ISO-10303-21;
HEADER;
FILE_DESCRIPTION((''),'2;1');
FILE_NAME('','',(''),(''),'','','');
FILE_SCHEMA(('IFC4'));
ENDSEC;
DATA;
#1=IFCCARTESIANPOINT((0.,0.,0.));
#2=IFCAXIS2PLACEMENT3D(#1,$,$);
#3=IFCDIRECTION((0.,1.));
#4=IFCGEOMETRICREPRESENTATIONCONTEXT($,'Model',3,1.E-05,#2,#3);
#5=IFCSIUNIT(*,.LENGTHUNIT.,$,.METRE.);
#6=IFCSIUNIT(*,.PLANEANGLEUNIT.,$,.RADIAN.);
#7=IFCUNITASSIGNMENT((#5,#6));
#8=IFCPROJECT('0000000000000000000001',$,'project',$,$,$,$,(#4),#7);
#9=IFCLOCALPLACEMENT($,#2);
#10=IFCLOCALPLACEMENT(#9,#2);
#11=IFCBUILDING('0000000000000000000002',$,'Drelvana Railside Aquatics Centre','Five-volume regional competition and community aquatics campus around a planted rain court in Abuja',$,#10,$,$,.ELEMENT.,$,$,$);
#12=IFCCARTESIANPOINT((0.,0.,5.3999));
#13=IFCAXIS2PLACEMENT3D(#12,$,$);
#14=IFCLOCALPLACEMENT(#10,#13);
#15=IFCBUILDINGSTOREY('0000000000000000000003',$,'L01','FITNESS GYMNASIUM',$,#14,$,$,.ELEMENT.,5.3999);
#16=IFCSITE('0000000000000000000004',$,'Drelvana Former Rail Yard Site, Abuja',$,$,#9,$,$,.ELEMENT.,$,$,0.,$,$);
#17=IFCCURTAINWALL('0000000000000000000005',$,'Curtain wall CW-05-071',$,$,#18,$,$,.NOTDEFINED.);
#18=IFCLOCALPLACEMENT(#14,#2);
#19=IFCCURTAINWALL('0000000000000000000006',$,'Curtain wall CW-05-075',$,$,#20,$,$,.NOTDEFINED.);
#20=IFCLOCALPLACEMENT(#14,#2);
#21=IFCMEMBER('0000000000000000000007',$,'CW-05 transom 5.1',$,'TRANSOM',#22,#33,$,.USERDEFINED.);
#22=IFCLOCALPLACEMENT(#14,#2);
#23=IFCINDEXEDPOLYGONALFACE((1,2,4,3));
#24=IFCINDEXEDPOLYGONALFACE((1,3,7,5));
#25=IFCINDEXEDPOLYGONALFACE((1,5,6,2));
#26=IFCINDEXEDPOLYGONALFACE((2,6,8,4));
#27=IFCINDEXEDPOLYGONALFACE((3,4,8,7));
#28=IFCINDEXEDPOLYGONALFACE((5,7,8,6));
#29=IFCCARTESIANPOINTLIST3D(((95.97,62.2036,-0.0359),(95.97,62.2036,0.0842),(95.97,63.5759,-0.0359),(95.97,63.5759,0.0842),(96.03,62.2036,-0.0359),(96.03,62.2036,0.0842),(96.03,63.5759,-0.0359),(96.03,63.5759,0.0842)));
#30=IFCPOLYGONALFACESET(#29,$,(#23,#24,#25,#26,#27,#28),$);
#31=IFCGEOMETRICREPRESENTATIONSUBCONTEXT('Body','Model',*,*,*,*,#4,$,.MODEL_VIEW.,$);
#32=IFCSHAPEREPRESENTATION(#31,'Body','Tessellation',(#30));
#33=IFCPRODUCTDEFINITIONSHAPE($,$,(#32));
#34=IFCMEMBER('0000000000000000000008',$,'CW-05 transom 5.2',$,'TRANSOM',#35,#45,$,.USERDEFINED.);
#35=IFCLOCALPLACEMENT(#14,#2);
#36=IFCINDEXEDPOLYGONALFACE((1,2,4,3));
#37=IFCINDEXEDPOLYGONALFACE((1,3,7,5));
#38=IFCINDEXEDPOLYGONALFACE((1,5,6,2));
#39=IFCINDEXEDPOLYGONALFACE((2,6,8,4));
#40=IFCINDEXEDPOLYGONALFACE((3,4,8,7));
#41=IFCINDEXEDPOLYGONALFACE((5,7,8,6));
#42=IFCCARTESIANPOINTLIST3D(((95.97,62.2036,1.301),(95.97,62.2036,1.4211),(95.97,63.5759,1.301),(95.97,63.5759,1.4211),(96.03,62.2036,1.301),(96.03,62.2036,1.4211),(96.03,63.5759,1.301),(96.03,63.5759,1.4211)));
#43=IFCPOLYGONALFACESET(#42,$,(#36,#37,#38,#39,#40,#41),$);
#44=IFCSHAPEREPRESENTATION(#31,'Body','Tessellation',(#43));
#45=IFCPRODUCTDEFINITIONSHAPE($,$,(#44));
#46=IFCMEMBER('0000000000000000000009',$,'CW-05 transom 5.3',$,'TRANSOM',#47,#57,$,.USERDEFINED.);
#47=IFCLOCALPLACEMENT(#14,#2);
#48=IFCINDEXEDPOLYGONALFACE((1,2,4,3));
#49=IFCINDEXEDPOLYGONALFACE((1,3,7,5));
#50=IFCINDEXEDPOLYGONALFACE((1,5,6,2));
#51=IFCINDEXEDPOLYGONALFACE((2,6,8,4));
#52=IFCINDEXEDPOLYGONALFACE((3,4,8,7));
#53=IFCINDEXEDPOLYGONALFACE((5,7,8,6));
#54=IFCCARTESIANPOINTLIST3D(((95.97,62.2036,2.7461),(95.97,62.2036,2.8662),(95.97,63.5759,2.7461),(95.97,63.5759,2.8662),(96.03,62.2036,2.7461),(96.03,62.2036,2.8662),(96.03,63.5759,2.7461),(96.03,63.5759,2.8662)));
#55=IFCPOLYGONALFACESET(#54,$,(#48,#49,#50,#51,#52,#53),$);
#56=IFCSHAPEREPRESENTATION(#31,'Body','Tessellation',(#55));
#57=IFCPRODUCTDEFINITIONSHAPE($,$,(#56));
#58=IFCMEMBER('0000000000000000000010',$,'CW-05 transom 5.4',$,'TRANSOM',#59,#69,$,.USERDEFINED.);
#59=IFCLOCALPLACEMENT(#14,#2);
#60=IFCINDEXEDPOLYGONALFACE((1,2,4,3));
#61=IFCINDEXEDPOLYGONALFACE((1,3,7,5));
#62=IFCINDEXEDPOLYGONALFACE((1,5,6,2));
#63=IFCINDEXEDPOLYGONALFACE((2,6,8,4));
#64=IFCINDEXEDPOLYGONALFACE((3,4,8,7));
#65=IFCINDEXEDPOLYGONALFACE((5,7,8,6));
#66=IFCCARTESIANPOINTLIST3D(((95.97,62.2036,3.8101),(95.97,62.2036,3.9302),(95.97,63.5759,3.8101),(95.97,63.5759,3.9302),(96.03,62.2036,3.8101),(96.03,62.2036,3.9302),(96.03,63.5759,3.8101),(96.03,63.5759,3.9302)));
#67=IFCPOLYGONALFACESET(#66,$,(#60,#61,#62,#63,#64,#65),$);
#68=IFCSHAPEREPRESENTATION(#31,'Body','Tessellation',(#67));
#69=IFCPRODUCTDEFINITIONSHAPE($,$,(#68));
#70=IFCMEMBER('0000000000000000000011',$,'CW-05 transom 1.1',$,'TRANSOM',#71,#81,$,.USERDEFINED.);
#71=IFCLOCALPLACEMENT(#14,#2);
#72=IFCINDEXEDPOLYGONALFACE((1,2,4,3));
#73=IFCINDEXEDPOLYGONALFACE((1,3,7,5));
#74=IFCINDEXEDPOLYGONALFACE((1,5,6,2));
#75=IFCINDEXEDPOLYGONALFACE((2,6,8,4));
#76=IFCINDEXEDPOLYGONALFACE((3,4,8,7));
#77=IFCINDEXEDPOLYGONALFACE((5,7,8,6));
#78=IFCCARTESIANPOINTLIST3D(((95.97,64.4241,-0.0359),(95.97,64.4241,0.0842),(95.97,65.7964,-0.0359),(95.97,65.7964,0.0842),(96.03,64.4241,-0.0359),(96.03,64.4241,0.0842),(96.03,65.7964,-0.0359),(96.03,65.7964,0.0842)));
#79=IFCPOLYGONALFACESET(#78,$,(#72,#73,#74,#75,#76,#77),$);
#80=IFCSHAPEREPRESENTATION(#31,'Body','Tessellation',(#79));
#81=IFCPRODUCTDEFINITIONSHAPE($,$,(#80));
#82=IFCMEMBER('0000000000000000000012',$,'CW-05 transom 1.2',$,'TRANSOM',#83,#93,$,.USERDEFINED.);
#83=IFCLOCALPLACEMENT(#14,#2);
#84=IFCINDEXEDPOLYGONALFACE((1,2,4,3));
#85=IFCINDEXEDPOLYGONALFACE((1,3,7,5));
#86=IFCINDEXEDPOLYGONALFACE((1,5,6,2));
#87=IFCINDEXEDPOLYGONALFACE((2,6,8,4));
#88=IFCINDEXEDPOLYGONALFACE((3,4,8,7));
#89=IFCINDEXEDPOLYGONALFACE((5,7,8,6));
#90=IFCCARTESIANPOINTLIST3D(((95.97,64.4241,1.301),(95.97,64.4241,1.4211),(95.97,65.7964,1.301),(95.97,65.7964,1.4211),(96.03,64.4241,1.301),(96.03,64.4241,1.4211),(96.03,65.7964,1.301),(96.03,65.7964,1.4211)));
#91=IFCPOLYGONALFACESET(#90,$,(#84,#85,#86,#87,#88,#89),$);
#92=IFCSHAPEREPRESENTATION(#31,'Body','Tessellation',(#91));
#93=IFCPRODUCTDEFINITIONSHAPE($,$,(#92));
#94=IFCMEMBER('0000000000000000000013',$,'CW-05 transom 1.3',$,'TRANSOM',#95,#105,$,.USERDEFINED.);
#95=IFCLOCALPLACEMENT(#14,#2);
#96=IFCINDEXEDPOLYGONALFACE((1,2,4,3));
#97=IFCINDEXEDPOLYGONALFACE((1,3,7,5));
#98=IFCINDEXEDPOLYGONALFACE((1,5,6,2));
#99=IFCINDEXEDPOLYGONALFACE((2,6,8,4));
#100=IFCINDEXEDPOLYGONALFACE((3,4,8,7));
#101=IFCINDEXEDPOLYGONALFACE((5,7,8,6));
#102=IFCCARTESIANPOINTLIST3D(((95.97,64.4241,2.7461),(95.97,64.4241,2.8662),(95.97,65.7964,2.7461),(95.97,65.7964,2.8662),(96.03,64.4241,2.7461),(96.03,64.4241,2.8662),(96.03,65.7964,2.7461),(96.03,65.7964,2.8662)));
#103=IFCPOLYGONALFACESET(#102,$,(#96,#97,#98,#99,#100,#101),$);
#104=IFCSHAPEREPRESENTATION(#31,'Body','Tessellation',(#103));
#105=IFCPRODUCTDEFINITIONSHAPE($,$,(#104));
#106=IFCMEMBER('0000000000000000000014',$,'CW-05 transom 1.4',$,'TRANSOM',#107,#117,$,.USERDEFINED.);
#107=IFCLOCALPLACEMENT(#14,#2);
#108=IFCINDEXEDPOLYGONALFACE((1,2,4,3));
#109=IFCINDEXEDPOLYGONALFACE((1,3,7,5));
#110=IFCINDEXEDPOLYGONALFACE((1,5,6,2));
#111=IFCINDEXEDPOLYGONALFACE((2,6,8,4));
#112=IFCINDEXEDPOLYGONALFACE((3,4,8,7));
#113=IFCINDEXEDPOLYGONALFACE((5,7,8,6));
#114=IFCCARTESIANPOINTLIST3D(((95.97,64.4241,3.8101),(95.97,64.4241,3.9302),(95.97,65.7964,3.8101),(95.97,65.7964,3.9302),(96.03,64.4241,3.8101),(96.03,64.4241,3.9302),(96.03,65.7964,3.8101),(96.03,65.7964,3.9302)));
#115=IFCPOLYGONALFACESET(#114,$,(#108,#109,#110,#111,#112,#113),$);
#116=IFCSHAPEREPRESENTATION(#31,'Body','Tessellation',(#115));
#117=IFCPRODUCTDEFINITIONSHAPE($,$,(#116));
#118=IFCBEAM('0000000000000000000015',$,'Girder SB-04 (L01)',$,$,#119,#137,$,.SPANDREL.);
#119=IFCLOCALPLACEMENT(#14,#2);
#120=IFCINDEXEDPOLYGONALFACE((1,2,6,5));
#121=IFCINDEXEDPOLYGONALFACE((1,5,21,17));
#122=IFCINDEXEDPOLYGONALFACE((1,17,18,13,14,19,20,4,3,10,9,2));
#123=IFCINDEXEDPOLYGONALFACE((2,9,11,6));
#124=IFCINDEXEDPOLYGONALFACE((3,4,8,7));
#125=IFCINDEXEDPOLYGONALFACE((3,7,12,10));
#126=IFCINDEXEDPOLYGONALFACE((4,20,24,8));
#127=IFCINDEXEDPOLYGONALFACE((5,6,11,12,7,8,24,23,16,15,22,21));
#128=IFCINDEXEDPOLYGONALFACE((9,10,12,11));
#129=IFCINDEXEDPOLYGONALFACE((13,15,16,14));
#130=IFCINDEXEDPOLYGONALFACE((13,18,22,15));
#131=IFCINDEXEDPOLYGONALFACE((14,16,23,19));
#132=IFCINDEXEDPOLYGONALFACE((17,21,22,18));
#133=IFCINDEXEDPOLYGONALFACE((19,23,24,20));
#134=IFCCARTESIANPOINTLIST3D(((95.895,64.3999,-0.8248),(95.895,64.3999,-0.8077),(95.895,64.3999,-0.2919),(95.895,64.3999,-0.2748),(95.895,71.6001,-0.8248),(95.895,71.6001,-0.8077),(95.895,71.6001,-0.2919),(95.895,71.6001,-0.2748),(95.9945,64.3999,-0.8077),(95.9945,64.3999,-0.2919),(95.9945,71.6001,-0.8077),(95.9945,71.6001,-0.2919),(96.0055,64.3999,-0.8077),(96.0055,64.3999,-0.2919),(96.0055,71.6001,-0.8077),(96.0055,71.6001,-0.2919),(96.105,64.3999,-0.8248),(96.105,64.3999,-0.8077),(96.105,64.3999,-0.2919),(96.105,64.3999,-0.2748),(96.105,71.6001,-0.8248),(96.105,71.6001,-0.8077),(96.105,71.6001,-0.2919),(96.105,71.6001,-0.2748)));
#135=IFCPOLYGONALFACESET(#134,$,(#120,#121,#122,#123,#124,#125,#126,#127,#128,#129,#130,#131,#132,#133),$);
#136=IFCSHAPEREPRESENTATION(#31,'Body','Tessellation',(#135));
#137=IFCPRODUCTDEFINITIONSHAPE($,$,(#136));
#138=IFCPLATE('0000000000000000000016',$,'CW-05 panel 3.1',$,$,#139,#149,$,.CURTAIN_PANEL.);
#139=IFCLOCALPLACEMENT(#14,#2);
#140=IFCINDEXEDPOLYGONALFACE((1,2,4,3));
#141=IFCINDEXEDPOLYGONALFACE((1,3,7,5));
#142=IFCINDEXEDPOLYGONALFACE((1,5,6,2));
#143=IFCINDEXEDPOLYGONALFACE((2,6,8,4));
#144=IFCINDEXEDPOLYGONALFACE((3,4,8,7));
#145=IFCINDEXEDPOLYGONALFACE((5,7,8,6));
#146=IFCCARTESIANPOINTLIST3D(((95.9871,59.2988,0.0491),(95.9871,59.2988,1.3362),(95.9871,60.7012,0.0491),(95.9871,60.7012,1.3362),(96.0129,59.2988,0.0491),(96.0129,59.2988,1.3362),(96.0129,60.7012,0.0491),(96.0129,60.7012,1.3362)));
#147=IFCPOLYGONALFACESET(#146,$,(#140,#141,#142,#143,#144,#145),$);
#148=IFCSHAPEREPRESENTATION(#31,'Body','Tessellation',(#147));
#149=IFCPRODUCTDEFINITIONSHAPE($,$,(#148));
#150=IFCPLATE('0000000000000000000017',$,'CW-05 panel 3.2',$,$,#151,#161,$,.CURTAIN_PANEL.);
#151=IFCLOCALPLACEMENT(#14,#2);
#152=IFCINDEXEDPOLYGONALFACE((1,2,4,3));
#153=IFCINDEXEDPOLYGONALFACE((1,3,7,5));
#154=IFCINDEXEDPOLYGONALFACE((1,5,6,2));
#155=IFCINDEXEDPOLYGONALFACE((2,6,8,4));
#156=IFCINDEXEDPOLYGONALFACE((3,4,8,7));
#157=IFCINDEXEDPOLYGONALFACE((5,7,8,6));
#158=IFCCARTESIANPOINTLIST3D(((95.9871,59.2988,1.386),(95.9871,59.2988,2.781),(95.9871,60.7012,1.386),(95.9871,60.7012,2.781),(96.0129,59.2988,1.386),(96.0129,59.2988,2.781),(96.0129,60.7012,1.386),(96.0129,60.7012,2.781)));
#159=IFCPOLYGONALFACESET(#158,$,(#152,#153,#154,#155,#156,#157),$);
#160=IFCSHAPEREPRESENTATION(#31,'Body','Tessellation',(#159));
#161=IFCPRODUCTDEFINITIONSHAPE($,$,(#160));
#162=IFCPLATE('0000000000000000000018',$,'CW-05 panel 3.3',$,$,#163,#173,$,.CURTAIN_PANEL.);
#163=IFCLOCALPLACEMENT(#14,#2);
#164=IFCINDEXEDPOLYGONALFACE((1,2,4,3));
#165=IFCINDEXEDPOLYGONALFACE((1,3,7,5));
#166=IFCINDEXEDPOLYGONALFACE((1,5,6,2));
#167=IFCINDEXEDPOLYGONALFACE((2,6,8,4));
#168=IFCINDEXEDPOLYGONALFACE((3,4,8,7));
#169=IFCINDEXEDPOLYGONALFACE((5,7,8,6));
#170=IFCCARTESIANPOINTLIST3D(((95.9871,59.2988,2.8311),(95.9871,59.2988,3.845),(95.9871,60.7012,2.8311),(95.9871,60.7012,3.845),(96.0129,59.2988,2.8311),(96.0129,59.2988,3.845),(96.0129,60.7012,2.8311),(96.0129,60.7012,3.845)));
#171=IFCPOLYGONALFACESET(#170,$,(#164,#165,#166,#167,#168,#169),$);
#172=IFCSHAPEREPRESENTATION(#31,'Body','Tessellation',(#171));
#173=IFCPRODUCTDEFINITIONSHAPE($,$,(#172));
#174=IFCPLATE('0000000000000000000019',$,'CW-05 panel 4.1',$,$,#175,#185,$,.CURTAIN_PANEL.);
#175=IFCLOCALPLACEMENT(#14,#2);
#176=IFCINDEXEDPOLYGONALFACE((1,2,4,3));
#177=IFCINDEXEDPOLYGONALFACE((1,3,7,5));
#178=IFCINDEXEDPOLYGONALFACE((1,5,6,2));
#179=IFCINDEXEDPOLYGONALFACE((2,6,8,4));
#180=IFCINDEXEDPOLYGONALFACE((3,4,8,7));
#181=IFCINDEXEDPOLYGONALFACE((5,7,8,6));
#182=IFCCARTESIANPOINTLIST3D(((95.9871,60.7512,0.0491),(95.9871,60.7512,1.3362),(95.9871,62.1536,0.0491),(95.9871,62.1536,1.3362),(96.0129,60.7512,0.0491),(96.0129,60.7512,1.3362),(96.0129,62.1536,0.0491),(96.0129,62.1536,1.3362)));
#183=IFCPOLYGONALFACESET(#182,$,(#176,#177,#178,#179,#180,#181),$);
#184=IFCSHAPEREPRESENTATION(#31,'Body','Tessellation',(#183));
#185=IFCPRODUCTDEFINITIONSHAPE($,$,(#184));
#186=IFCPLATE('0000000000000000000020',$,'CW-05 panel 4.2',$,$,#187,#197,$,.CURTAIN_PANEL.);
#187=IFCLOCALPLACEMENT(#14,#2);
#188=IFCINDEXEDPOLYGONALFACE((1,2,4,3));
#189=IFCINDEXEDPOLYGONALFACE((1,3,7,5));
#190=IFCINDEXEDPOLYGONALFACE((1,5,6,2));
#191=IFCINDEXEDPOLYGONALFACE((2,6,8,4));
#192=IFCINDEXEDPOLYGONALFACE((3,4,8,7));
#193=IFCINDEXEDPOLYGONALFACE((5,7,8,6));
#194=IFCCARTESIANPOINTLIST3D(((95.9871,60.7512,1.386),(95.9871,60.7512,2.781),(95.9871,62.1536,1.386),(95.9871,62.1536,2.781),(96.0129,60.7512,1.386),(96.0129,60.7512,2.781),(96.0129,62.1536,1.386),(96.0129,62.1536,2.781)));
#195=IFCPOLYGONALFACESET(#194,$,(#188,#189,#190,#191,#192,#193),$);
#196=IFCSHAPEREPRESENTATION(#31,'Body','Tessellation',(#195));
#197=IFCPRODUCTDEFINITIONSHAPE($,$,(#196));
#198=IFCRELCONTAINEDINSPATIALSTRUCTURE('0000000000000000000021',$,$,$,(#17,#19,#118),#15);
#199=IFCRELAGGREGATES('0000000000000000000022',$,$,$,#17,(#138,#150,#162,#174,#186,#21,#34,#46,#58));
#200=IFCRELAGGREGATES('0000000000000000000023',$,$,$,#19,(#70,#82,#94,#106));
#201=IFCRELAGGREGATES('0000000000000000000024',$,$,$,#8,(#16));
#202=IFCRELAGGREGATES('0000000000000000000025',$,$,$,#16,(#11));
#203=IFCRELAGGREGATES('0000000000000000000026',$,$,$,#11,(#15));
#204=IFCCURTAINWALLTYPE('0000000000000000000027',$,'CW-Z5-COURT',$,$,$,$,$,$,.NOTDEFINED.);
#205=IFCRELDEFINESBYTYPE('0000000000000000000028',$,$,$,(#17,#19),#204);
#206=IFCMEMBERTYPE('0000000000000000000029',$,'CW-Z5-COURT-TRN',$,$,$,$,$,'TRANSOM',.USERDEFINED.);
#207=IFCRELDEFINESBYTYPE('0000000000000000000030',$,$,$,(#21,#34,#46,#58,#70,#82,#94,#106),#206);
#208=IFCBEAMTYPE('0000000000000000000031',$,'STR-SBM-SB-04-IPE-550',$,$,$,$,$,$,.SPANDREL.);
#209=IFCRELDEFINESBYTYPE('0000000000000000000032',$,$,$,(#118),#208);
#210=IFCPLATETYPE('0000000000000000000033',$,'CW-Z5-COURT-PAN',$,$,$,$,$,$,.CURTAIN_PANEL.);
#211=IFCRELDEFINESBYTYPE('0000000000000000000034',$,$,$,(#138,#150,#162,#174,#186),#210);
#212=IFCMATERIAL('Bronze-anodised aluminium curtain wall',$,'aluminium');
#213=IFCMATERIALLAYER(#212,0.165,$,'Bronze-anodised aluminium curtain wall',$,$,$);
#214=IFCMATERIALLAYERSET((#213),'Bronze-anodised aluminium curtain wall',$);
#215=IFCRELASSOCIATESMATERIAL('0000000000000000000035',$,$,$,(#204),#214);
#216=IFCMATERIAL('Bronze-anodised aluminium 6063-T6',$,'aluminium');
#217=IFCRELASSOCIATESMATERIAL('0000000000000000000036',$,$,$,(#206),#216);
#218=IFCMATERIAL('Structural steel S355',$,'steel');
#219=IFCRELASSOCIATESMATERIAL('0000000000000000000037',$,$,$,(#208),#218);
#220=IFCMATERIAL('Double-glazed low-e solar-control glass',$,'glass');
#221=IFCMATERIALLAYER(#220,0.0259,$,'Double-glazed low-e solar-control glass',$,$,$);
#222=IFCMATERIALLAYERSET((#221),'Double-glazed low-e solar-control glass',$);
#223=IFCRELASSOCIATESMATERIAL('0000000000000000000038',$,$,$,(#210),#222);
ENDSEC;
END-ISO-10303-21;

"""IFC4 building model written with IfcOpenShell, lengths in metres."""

from ifc_helpers import new_model, si_unit, direction, frame, origin, origin_2d, place, context, subcontext, project, spatial, rectangle, i_section, extrude, material, layer, layer_set, material_profile, profile_set, type_object, element, aggregate, save


model = new_model("IFC4")

# Units and contexts
model_context = context("Model", 3, precision=1e-05, world=origin(), true_north=direction((0.0, 1.0)))
body_context = subcontext(model_context, "Body", "Model", "MODEL_VIEW")
ifc_project = project(units=[si_unit("LENGTHUNIT", "METRE"), si_unit("PLANEANGLEUNIT", "RADIAN")], contexts=[model_context])

# Site, building, storey
site_placement = place(None, origin())
site = spatial("IfcSite", under=ifc_project, at=site_placement, Name="Drelvana Former Rail Yard Site, Abuja", CompositionType="ELEMENT", RefElevation=0.0)
building_placement = place(site_placement, origin())
building = spatial("IfcBuilding", under=site, at=building_placement, Name="Drelvana Railside Aquatics Centre", Description="Five-volume regional competition and community aquatics campus around a planted rain court in Abuja", CompositionType="ELEMENT")
storey_placement = place(building_placement, frame((0.0, 0.0, 5.3999)))
storey = spatial("IfcBuildingStorey", under=building, at=storey_placement, Name="L01", Description="FITNESS GYMNASIUM", CompositionType="ELEMENT", Elevation=5.3999)

# Curtain walls
ifc_material_1 = material(Name="Bronze-anodised aluminium curtain wall", Category="aluminium")
ifc_layer_1 = layer(ifc_material_1, 0.165, Name="Bronze-anodised aluminium curtain wall")
ifc_layer_set_1 = layer_set([ifc_layer_1], Name="Bronze-anodised aluminium curtain wall")
curtain_wall_type = type_object("IfcCurtainWallType", Name="CW-Z5-COURT", PredefinedType="NOTDEFINED", material=ifc_layer_set_1)
curtain_wall_1_placement = place(storey_placement, origin())
curtain_wall_1 = element("IfcCurtainWall", 1, at=curtain_wall_1_placement, inside=storey, type_object=curtain_wall_type, Name="Curtain wall CW-05-071", PredefinedType="NOTDEFINED")
ifc_material_2 = material(Name="Bronze-anodised aluminium 6063-T6", Category="aluminium")
curtain_wall_2_placement = place(storey_placement, origin())
curtain_wall_2 = element("IfcCurtainWall", 2, at=curtain_wall_2_placement, inside=storey, type_object=curtain_wall_type, Name="Curtain wall CW-05-075", PredefinedType="NOTDEFINED")

# Members
ifc_material_profile_1 = material_profile(ifc_material_2, rectangle(XDim=0.1201, YDim=0.0601, at=origin_2d()), Name="ALU-T 60x120")
ifc_profile_set_1 = profile_set([ifc_material_profile_1], Name="Bronze-anodised aluminium 6063-T6")
member_type_1 = type_object("IfcMemberType", Name="CW-Z5-COURT-TRN", ElementType="TRANSOM", PredefinedType="USERDEFINED", material=ifc_profile_set_1)
member_1_placement = place(storey_placement, frame((96.0, 62.2036, 0.0242), z_axis=(0.0, 1.0, 0.0), x_axis=(0.0, 0.0, 1.0)))
member_1 = element("IfcMember", 3, at=member_1_placement, type_object=member_type_1, Name="CW-05 transom 5.1", ObjectType="TRANSOM", PredefinedType="USERDEFINED", context=body_context, shape_type="SweptSolid", body=[
    extrude(rectangle(XDim=0.1201, YDim=0.0601, at=origin_2d()), origin(), (0.0, 0.0, 1.0), 1.3723),
])
member_2_placement = place(storey_placement, frame((96.0, 62.2036, 1.3611), z_axis=(0.0, 1.0, 0.0), x_axis=(0.0, 0.0, 1.0)))
member_2 = element("IfcMember", 4, at=member_2_placement, type_object=member_type_1, Name="CW-05 transom 5.2", ObjectType="TRANSOM", PredefinedType="USERDEFINED", context=body_context, shape_type="SweptSolid", body=[
    extrude(rectangle(XDim=0.1201, YDim=0.0601, at=origin_2d()), origin(), (0.0, 0.0, 1.0), 1.3723),
])
member_3_placement = place(storey_placement, frame((96.0, 62.2036, 2.8062), z_axis=(0.0, 1.0, 0.0), x_axis=(0.0, 0.0, 1.0)))
member_3 = element("IfcMember", 5, at=member_3_placement, type_object=member_type_1, Name="CW-05 transom 5.3", ObjectType="TRANSOM", PredefinedType="USERDEFINED", context=body_context, shape_type="SweptSolid", body=[
    extrude(rectangle(XDim=0.1201, YDim=0.0601, at=origin_2d()), origin(), (0.0, 0.0, 1.0), 1.3723),
])
member_4_placement = place(storey_placement, frame((96.0, 62.2036, 3.8701), z_axis=(0.0, 1.0, 0.0), x_axis=(0.0, 0.0, 1.0)))
member_4 = element("IfcMember", 6, at=member_4_placement, type_object=member_type_1, Name="CW-05 transom 5.4", ObjectType="TRANSOM", PredefinedType="USERDEFINED", context=body_context, shape_type="SweptSolid", body=[
    extrude(rectangle(XDim=0.1201, YDim=0.0601, at=origin_2d()), origin(), (0.0, 0.0, 1.0), 1.3723),
])
member_5_placement = place(storey_placement, frame((96.0, 64.4241, 0.0242), z_axis=(0.0, 1.0, 0.0), x_axis=(0.0, 0.0, 1.0)))
member_5 = element("IfcMember", 7, at=member_5_placement, type_object=member_type_1, Name="CW-05 transom 1.1", ObjectType="TRANSOM", PredefinedType="USERDEFINED", context=body_context, shape_type="SweptSolid", body=[
    extrude(rectangle(XDim=0.1201, YDim=0.0601, at=origin_2d()), origin(), (0.0, 0.0, 1.0), 1.3723),
])
member_6_placement = place(storey_placement, frame((96.0, 64.4241, 1.3611), z_axis=(0.0, 1.0, 0.0), x_axis=(0.0, 0.0, 1.0)))
member_6 = element("IfcMember", 8, at=member_6_placement, type_object=member_type_1, Name="CW-05 transom 1.2", ObjectType="TRANSOM", PredefinedType="USERDEFINED", context=body_context, shape_type="SweptSolid", body=[
    extrude(rectangle(XDim=0.1201, YDim=0.0601, at=origin_2d()), origin(), (0.0, 0.0, 1.0), 1.3723),
])
member_7_placement = place(storey_placement, frame((96.0, 64.4241, 2.8062), z_axis=(0.0, 1.0, 0.0), x_axis=(0.0, 0.0, 1.0)))
member_7 = element("IfcMember", 9, at=member_7_placement, type_object=member_type_1, Name="CW-05 transom 1.3", ObjectType="TRANSOM", PredefinedType="USERDEFINED", context=body_context, shape_type="SweptSolid", body=[
    extrude(rectangle(XDim=0.1201, YDim=0.0601, at=origin_2d()), origin(), (0.0, 0.0, 1.0), 1.3723),
])
member_8_placement = place(storey_placement, frame((96.0, 64.4241, 3.8701), z_axis=(0.0, 1.0, 0.0), x_axis=(0.0, 0.0, 1.0)))
member_8 = element("IfcMember", 10, at=member_8_placement, type_object=member_type_1, Name="CW-05 transom 1.4", ObjectType="TRANSOM", PredefinedType="USERDEFINED", context=body_context, shape_type="SweptSolid", body=[
    extrude(rectangle(XDim=0.1201, YDim=0.0601, at=origin_2d()), origin(), (0.0, 0.0, 1.0), 1.3723),
])

# Beam
ifc_material_3 = material(Name="Structural steel S355", Category="steel")
ifc_material_profile_2 = material_profile(ifc_material_3, i_section(OverallWidth=0.21, OverallDepth=0.55, WebThickness=0.011, FlangeThickness=0.0171, at=origin_2d()), Name="IPE 550")
ifc_profile_set_2 = profile_set([ifc_material_profile_2], Name="Structural steel S355")
beam_type = type_object("IfcBeamType", Name="STR-SBM-SB-04-IPE-550", PredefinedType="SPANDREL", material=ifc_profile_set_2)
beam_placement = place(storey_placement, frame((96.0, 64.3999, -0.5498), z_axis=(0.0, 1.0, 0.0), x_axis=(-1.0, 0.0, 0.0)))
element("IfcBeam", 11, at=beam_placement, inside=storey, type_object=beam_type, Name="Girder SB-04 (L01)", PredefinedType="SPANDREL", context=body_context, shape_type="SweptSolid", body=[
    extrude(i_section(OverallWidth=0.21, OverallDepth=0.55, WebThickness=0.011, FlangeThickness=0.0171, at=origin_2d()), origin(), (0.0, 0.0, 1.0), 7.2002),
])

# Plates
ifc_material_4 = material(Name="Double-glazed low-e solar-control glass", Category="glass")
ifc_layer_2 = layer(ifc_material_4, 0.0259, Name="Double-glazed low-e solar-control glass")
ifc_layer_set_2 = layer_set([ifc_layer_2], Name="Double-glazed low-e solar-control glass")
plate_type = type_object("IfcPlateType", Name="CW-Z5-COURT-PAN", PredefinedType="CURTAIN_PANEL", material=ifc_layer_set_2)
plate_1_placement = place(storey_placement, frame((96.0, 60.0, 0.0491), z_axis=(0.0, 0.0, 1.0), x_axis=(0.0, 1.0, 0.0)))
plate_1 = element("IfcPlate", 12, at=plate_1_placement, type_object=plate_type, Name="CW-05 panel 3.1", PredefinedType="CURTAIN_PANEL", context=body_context, shape_type="SweptSolid", body=[
    extrude(rectangle(XDim=1.4023, YDim=0.0259, at=origin_2d()), origin(), (0.0, 0.0, 1.0), 1.2871),
])
plate_2_placement = place(storey_placement, frame((96.0, 60.0, 1.386), z_axis=(0.0, 0.0, 1.0), x_axis=(0.0, 1.0, 0.0)))
plate_2 = element("IfcPlate", 13, at=plate_2_placement, type_object=plate_type, Name="CW-05 panel 3.2", PredefinedType="CURTAIN_PANEL", context=body_context, shape_type="SweptSolid", body=[
    extrude(rectangle(XDim=1.4023, YDim=0.0259, at=origin_2d()), origin(), (0.0, 0.0, 1.0), 1.395),
])
plate_3_placement = place(storey_placement, frame((96.0, 60.0, 2.8311), z_axis=(0.0, 0.0, 1.0), x_axis=(0.0, 1.0, 0.0)))
plate_3 = element("IfcPlate", 14, at=plate_3_placement, type_object=plate_type, Name="CW-05 panel 3.3", PredefinedType="CURTAIN_PANEL", context=body_context, shape_type="SweptSolid", body=[
    extrude(rectangle(XDim=1.4023, YDim=0.0259, at=origin_2d()), origin(), (0.0, 0.0, 1.0), 1.0139),
])
plate_4_placement = place(storey_placement, frame((96.0, 61.4524, 0.0491), z_axis=(0.0, 0.0, 1.0), x_axis=(0.0, 1.0, 0.0)))
plate_4 = element("IfcPlate", 15, at=plate_4_placement, type_object=plate_type, Name="CW-05 panel 4.1", PredefinedType="CURTAIN_PANEL", context=body_context, shape_type="SweptSolid", body=[
    extrude(rectangle(XDim=1.4023, YDim=0.0259, at=origin_2d()), origin(), (0.0, 0.0, 1.0), 1.2871),
])
plate_5_placement = place(storey_placement, frame((96.0, 61.4524, 1.386), z_axis=(0.0, 0.0, 1.0), x_axis=(0.0, 1.0, 0.0)))
plate_5 = element("IfcPlate", 16, at=plate_5_placement, type_object=plate_type, Name="CW-05 panel 4.2", PredefinedType="CURTAIN_PANEL", context=body_context, shape_type="SweptSolid", body=[
    extrude(rectangle(XDim=1.4023, YDim=0.0259, at=origin_2d()), origin(), (0.0, 0.0, 1.0), 1.395),
])
aggregate(curtain_wall_1, [plate_1, plate_2, plate_3, plate_4, plate_5, member_1, member_2, member_3, member_4])
aggregate(curtain_wall_2, [member_5, member_6, member_7, member_8])

save(model, "model.ifc")
